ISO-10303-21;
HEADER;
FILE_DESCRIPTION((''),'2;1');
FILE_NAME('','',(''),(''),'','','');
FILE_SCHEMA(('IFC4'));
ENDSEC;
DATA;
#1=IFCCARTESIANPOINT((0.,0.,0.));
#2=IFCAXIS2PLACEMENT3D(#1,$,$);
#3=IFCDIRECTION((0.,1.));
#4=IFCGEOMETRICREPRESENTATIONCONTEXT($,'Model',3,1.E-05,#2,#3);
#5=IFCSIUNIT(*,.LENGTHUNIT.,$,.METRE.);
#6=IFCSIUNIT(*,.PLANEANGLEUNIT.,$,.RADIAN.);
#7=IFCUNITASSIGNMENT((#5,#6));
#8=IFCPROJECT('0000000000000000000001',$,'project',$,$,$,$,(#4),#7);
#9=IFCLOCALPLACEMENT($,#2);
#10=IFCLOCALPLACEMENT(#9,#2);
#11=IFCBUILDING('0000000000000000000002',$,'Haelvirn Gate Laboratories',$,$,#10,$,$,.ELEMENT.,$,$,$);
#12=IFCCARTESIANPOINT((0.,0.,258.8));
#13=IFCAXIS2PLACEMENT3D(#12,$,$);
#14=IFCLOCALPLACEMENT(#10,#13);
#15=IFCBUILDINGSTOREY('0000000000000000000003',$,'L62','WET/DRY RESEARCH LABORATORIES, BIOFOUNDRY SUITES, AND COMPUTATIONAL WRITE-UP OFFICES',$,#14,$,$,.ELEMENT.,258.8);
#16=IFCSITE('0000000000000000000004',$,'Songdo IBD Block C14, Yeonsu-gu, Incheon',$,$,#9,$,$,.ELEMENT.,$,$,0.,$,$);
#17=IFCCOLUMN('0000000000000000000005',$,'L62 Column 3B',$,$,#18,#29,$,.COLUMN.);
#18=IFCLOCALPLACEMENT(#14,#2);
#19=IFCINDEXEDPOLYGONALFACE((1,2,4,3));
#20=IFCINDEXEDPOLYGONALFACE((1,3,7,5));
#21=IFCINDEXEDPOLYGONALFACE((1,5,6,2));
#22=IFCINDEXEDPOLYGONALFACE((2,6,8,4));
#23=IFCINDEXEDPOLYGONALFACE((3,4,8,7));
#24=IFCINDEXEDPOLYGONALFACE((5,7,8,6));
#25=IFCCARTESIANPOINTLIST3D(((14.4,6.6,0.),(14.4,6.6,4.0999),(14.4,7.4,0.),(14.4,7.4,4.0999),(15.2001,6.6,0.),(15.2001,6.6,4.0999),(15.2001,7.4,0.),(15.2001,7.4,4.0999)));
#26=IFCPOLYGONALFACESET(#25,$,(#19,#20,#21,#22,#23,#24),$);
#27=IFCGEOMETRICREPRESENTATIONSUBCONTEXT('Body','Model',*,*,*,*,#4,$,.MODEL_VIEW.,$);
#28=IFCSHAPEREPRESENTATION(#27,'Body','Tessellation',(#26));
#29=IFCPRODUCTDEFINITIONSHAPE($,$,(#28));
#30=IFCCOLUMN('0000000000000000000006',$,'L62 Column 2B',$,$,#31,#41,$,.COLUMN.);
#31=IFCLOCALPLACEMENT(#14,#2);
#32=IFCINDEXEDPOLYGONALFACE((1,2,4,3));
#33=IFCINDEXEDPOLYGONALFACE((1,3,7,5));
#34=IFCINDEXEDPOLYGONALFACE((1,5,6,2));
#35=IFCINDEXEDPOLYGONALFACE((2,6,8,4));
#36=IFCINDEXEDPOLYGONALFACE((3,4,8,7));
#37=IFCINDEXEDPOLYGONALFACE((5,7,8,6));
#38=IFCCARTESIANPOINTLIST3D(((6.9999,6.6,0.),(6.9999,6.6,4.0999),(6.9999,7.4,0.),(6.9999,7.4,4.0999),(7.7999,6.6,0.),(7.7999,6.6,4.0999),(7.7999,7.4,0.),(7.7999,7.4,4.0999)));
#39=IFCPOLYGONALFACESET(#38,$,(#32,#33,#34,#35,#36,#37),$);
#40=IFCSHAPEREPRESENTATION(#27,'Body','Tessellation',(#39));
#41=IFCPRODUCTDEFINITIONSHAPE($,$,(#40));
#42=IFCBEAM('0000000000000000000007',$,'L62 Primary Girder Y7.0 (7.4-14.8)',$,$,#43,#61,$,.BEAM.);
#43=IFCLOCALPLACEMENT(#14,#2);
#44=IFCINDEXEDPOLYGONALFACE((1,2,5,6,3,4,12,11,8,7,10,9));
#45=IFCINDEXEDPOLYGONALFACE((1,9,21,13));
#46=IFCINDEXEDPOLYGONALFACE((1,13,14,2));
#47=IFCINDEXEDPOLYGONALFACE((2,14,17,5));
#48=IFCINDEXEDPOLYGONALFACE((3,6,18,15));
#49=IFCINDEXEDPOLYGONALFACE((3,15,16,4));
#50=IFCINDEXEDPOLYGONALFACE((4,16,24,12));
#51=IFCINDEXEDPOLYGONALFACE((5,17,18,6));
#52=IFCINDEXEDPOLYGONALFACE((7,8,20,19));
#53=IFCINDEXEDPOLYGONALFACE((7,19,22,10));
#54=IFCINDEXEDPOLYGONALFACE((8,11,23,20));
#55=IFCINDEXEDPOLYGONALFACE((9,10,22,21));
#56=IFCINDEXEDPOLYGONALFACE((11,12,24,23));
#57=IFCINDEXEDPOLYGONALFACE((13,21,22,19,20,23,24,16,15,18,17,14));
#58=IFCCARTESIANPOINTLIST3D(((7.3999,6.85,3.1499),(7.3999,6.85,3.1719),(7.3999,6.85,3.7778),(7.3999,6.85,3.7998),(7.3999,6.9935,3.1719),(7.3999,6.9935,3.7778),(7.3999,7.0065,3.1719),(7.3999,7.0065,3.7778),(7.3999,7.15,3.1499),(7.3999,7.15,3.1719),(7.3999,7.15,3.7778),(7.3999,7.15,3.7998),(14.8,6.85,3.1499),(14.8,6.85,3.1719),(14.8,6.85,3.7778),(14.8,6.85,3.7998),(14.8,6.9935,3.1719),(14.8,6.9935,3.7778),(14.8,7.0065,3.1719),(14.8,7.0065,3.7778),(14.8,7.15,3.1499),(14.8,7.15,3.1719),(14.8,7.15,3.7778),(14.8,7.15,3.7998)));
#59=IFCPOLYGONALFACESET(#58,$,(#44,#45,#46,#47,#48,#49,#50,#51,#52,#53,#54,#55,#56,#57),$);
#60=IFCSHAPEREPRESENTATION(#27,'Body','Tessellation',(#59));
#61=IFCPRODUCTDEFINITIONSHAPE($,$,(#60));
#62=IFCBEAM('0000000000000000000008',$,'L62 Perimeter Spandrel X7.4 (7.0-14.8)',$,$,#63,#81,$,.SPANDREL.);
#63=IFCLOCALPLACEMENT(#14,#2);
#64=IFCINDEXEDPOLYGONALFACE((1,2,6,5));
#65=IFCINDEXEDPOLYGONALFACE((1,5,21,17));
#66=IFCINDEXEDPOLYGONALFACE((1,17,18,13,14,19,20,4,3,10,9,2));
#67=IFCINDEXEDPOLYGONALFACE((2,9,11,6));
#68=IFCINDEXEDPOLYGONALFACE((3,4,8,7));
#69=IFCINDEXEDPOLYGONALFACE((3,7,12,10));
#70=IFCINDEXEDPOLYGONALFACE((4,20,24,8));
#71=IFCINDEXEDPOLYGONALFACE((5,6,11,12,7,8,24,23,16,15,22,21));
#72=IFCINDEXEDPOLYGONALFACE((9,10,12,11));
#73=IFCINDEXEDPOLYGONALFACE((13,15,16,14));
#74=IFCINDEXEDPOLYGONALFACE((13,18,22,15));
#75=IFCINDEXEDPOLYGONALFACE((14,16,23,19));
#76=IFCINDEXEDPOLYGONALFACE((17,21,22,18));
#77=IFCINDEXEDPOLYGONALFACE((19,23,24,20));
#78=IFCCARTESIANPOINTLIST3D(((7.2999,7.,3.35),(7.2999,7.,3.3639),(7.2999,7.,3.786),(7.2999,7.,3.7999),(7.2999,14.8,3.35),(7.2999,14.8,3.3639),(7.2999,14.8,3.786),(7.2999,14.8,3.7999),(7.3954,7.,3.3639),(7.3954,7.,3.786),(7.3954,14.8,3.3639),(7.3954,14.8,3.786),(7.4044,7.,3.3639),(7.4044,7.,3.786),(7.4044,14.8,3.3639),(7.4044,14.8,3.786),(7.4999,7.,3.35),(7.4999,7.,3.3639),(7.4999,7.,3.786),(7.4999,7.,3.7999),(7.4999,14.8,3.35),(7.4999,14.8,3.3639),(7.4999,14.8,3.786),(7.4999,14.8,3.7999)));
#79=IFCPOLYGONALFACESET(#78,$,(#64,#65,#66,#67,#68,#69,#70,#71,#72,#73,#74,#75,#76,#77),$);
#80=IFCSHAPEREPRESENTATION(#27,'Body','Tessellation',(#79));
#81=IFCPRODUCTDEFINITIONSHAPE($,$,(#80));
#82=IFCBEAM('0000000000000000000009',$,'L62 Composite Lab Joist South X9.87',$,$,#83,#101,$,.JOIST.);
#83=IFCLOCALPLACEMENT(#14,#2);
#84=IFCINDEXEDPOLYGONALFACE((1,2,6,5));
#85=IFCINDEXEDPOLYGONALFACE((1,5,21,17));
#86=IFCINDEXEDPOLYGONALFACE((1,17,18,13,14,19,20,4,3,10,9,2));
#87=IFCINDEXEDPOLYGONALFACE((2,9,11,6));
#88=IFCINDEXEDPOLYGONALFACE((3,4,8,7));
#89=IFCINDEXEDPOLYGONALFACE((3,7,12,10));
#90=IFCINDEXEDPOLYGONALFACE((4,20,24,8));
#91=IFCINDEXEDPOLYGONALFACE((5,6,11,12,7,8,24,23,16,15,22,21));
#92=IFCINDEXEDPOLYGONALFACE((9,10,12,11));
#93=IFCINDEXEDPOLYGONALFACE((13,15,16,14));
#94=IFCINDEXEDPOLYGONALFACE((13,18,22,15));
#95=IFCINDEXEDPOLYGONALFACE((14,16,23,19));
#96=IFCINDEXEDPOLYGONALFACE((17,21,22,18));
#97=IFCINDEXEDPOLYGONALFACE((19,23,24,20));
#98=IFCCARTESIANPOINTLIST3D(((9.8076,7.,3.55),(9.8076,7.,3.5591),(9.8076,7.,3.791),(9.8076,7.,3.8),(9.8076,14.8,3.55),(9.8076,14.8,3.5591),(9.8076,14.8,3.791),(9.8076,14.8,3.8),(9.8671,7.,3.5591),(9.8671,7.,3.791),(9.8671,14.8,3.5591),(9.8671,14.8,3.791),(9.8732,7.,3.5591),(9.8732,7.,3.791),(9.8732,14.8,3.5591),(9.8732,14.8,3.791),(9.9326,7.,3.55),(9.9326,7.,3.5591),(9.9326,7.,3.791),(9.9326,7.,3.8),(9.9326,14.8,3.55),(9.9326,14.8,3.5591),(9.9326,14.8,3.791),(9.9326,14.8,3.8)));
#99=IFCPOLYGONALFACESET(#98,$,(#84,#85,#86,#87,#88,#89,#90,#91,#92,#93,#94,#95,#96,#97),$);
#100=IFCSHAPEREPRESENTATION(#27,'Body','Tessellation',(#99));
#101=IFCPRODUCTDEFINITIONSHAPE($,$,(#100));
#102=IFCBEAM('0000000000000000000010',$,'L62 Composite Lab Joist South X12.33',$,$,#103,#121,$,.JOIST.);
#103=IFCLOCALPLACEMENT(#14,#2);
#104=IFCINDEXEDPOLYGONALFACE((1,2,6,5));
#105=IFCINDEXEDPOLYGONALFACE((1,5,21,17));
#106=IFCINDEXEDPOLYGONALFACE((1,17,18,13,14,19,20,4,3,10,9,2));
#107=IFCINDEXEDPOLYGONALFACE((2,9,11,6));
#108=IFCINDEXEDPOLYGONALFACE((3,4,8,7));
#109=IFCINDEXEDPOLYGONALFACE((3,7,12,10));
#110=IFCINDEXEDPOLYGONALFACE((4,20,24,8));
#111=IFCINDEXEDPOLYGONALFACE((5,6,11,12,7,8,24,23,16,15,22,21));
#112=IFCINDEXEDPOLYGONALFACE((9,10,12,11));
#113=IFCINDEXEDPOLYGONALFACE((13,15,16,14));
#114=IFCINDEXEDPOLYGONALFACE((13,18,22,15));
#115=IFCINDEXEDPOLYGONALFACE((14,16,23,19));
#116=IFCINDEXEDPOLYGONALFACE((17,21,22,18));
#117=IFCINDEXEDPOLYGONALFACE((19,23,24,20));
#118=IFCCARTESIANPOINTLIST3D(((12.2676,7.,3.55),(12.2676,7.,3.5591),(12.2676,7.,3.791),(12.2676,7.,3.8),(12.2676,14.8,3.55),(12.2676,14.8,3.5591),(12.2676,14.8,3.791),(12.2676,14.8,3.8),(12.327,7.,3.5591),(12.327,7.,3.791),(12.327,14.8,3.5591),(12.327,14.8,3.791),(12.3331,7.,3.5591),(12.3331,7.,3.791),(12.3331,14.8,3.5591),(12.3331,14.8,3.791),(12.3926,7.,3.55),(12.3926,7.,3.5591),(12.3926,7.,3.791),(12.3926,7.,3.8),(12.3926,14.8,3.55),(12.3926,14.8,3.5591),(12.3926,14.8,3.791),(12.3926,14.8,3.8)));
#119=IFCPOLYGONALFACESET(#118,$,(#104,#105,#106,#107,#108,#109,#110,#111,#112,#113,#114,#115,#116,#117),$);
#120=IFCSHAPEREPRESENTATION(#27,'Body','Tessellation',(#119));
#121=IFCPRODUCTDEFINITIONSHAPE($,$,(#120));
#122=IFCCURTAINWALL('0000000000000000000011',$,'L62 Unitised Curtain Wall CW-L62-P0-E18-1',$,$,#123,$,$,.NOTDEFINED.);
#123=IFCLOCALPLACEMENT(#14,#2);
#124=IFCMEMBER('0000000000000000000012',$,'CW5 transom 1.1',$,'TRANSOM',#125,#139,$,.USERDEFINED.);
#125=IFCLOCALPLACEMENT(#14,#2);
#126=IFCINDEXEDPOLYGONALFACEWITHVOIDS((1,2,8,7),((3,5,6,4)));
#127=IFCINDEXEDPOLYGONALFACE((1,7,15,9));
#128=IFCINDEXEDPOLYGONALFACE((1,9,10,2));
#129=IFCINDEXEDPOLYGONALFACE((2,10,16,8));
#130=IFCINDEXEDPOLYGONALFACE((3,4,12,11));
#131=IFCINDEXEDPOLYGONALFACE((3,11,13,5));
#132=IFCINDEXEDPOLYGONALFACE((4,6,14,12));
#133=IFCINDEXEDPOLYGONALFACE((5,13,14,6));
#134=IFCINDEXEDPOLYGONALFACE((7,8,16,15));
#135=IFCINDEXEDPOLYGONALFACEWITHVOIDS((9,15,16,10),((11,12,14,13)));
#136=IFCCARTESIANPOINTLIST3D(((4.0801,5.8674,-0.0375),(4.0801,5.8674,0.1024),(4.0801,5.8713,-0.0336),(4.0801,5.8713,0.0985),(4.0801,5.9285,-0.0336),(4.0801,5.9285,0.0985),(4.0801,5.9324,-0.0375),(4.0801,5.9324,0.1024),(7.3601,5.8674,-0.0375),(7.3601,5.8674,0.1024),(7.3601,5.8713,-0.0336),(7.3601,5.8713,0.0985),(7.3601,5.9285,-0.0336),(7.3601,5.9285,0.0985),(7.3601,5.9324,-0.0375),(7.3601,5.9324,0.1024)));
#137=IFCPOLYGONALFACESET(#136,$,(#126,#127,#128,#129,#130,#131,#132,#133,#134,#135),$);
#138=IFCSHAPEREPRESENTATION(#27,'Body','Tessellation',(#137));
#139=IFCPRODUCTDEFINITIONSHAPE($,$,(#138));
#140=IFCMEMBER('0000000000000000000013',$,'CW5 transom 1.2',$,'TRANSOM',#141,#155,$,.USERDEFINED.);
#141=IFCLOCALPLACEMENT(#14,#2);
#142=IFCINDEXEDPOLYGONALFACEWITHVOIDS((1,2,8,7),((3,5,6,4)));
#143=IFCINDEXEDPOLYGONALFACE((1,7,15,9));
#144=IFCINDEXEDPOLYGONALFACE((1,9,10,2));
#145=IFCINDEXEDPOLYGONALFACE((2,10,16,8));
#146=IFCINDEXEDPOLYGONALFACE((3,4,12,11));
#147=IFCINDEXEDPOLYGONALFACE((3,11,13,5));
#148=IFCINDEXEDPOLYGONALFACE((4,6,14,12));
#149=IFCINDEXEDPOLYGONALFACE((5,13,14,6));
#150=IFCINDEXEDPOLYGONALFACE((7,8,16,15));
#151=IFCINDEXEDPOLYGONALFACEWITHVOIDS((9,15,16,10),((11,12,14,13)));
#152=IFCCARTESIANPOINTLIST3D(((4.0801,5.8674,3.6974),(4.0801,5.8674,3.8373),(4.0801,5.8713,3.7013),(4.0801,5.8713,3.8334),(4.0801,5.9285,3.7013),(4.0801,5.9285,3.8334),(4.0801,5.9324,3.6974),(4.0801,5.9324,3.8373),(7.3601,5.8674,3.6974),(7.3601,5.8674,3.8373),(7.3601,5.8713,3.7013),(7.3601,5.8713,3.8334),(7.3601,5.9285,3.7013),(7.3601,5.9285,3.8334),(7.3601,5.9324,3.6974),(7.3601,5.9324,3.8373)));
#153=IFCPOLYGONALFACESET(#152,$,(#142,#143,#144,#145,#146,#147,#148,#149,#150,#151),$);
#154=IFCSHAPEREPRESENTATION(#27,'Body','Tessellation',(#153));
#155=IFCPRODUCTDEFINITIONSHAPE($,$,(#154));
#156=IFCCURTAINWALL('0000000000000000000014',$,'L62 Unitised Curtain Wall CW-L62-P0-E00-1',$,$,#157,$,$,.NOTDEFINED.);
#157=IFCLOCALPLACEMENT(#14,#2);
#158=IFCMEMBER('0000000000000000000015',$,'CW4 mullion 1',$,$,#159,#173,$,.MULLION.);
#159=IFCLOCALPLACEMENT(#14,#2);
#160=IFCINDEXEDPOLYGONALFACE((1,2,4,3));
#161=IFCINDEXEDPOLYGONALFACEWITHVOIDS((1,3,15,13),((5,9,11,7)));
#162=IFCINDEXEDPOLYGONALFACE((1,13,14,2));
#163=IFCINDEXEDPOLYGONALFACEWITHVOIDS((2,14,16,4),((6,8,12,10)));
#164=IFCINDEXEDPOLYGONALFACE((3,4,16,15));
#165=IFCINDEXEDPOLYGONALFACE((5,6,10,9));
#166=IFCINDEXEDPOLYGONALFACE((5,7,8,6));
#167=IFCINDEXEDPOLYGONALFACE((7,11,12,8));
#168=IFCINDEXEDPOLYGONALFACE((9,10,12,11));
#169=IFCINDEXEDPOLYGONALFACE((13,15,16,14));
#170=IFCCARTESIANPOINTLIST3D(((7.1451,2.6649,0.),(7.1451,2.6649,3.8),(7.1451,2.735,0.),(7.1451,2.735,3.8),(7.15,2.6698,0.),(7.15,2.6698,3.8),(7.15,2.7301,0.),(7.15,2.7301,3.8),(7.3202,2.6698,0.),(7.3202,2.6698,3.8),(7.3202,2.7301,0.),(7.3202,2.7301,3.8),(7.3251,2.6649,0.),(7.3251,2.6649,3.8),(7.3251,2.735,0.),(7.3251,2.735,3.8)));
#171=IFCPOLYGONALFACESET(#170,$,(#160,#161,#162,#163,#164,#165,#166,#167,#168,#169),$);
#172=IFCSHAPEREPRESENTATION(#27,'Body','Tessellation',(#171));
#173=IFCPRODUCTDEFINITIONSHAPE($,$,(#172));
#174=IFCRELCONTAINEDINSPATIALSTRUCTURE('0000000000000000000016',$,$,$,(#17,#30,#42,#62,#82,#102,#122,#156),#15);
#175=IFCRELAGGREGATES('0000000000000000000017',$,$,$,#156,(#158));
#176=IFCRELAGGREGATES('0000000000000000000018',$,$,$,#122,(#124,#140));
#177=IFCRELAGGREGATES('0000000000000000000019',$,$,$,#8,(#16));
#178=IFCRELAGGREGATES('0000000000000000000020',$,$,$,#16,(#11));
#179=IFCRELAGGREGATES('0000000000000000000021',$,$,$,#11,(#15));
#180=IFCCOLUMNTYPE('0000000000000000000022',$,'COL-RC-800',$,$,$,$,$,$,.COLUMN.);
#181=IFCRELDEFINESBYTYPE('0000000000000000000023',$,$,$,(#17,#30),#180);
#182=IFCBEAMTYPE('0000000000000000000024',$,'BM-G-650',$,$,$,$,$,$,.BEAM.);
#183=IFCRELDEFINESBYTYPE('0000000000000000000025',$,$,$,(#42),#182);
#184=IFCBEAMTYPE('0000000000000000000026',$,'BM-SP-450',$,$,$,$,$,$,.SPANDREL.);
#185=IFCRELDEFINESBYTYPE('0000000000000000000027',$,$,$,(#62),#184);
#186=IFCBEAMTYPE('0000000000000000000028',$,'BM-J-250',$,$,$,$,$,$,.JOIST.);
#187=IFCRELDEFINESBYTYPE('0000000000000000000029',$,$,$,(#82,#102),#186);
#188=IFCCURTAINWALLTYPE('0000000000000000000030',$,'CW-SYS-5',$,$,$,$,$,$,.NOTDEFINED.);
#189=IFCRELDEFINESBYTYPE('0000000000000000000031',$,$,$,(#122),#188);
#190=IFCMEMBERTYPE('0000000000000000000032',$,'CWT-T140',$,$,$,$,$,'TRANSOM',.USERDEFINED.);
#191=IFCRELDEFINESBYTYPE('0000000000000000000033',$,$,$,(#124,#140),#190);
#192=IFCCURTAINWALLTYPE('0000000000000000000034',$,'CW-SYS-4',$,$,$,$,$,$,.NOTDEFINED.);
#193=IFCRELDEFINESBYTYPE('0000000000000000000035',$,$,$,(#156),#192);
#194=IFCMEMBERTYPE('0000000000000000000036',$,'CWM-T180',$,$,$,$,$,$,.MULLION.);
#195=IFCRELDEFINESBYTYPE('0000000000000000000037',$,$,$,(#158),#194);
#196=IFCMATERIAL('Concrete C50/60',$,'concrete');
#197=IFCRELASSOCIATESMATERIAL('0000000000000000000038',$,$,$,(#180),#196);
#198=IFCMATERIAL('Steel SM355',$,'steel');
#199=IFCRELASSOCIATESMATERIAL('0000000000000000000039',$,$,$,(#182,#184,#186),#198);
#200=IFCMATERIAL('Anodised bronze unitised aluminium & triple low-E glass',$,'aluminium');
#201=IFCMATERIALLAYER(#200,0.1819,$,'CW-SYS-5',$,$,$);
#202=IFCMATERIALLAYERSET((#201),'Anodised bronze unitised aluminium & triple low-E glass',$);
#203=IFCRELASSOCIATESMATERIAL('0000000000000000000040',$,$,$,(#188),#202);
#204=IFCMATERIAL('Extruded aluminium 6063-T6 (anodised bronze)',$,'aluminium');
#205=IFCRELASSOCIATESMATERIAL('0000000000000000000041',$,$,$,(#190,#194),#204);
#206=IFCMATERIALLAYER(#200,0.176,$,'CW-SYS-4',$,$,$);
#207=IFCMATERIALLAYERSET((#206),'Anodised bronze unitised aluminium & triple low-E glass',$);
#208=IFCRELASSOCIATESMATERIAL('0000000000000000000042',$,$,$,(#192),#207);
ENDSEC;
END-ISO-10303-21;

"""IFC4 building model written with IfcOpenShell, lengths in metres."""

from ifc_helpers import new_model, si_unit, direction, frame, origin, origin_2d, place, context, subcontext, project, spatial, rectangle, hollow_rectangle, i_section, extrude, source, transform, mapped, material, layer, layer_set, material_profile, profile_set, type_object, type_shapes, element, aggregate, save


model = new_model("IFC4")

# Units and contexts
model_context = context("Model", 3, precision=1e-05, world=origin(), true_north=direction((0.0, 1.0)))
body_context = subcontext(model_context, "Body", "Model", "MODEL_VIEW")
ifc_project = project(units=[si_unit("LENGTHUNIT", "METRE"), si_unit("PLANEANGLEUNIT", "RADIAN")], contexts=[model_context])

# Site, building, storey
site_placement = place(None, origin())
site = spatial("IfcSite", under=ifc_project, at=site_placement, Name="Songdo IBD Block C14, Yeonsu-gu, Incheon", CompositionType="ELEMENT", RefElevation=0.0)
building_placement = place(site_placement, origin())
building = spatial("IfcBuilding", under=site, at=building_placement, Name="Haelvirn Gate Laboratories", CompositionType="ELEMENT")
storey_placement = place(building_placement, frame((0.0, 0.0, 258.8)))
storey = spatial("IfcBuildingStorey", under=building, at=storey_placement, Name="L62", Description="WET/DRY RESEARCH LABORATORIES, BIOFOUNDRY SUITES, AND COMPUTATIONAL WRITE-UP OFFICES", CompositionType="ELEMENT", Elevation=258.8)

# Columns
ifc_material_1 = material(Name="Concrete C50/60", Category="concrete")
ifc_material_profile_1 = material_profile(ifc_material_1, rectangle(XDim=0.8, YDim=0.8, at=origin_2d()), Name="RC-800x800")
ifc_profile_set_1 = profile_set([ifc_material_profile_1], Name="Concrete C50/60")
column_type = type_object("IfcColumnType", Name="COL-RC-800", PredefinedType="COLUMN", material=ifc_profile_set_1)
shared_shape_1 = source(origin(), body_context, "Body", "SweptSolid", [
    extrude(rectangle(XDim=0.8, YDim=0.8, at=origin_2d()), origin(), (0.0, 0.0, 1.0), 4.0999),
])
type_shapes(column_type, [shared_shape_1])
for number, where, z_axis, x_axis, name in (
    (1, (14.8, 7.0, 0.0), (0.0, 0.0, 1.0), (1.0, 0.0, 0.0), "L62 Column 3B"),
    (2, (7.3999, 7.0, 0.0), (0.0, 0.0, 1.0), (1.0, 0.0, 0.0), "L62 Column 2B"),
):
    element("IfcColumn", number, at=place(storey_placement, frame(where, z_axis=z_axis, x_axis=x_axis)), inside=storey, type_object=column_type, Name=name, PredefinedType="COLUMN", context=body_context, shape_type="MappedRepresentation", body=[
        mapped(shared_shape_1, transform((0.0, 0.0, 0.0), scale=1.0)),
    ])

# Beams
ifc_material_2 = material(Name="Steel SM355", Category="steel")
ifc_material_profile_2 = material_profile(ifc_material_2, i_section(OverallWidth=0.3, OverallDepth=0.6499, WebThickness=0.0129, FlangeThickness=0.022, at=origin_2d()), Name="H-650x300x13x22")
ifc_profile_set_2 = profile_set([ifc_material_profile_2], Name="Steel SM355")
beam_type_1 = type_object("IfcBeamType", Name="BM-G-650", PredefinedType="BEAM", material=ifc_profile_set_2)
shared_shape_2 = source(origin(), body_context, "Body", "SweptSolid", [
    extrude(i_section(OverallWidth=0.3, OverallDepth=0.6499, WebThickness=0.0129, FlangeThickness=0.022, at=origin_2d()), origin(), (0.0, 0.0, 1.0), 7.4001),
])
type_shapes(beam_type_1, [shared_shape_2])
beam_1_placement = place(storey_placement, frame((7.3999, 7.0, 3.4749), z_axis=(1.0, 0.0, 0.0), x_axis=(0.0, 1.0, 0.0)))
element("IfcBeam", 3, at=beam_1_placement, inside=storey, type_object=beam_type_1, Name="L62 Primary Girder Y7.0 (7.4-14.8)", PredefinedType="BEAM", context=body_context, shape_type="MappedRepresentation", body=[
    mapped(shared_shape_2, transform((0.0, 0.0, 0.0), scale=1.0)),
])
ifc_material_profile_3 = material_profile(ifc_material_2, i_section(OverallWidth=0.2, OverallDepth=0.45, WebThickness=0.009, FlangeThickness=0.0139, at=origin_2d()), Name="H-450x200x9x14")
ifc_profile_set_3 = profile_set([ifc_material_profile_3], Name="Steel SM355")
beam_type_2 = type_object("IfcBeamType", Name="BM-SP-450", PredefinedType="SPANDREL", material=ifc_profile_set_3)
shared_shape_3 = source(origin(), body_context, "Body", "SweptSolid", [
    extrude(i_section(OverallWidth=0.2, OverallDepth=0.45, WebThickness=0.009, FlangeThickness=0.0139, at=origin_2d()), origin(), (0.0, 0.0, 1.0), 7.8),
])
type_shapes(beam_type_2, [shared_shape_3])
beam_2_placement = place(storey_placement, frame((7.3999, 7.0, 3.575), z_axis=(0.0, 1.0, 0.0), x_axis=(-1.0, 0.0, 0.0)))
element("IfcBeam", 4, at=beam_2_placement, inside=storey, type_object=beam_type_2, Name="L62 Perimeter Spandrel X7.4 (7.0-14.8)", PredefinedType="SPANDREL", context=body_context, shape_type="MappedRepresentation", body=[
    mapped(shared_shape_3, transform((0.0, 0.0, 0.0), scale=1.0)),
])
ifc_material_profile_4 = material_profile(ifc_material_2, i_section(OverallWidth=0.125, OverallDepth=0.25, WebThickness=0.0061, FlangeThickness=0.009, at=origin_2d()), Name="H-250x125x6x9")
ifc_profile_set_4 = profile_set([ifc_material_profile_4], Name="Steel SM355")
beam_type_3 = type_object("IfcBeamType", Name="BM-J-250", PredefinedType="JOIST", material=ifc_profile_set_4)
shared_shape_4 = source(origin(), body_context, "Body", "SweptSolid", [
    extrude(i_section(OverallWidth=0.125, OverallDepth=0.25, WebThickness=0.0061, FlangeThickness=0.009, at=origin_2d()), origin(), (0.0, 0.0, 1.0), 7.8),
])
type_shapes(beam_type_3, [shared_shape_4])
for number, where, z_axis, x_axis, name in (
    (5, (9.8701, 7.0, 3.675), (0.0, 1.0, 0.0), (-1.0, 0.0, 0.0), "L62 Composite Lab Joist South X9.87"),
    (6, (12.3301, 7.0, 3.675), (0.0, 1.0, 0.0), (-1.0, 0.0, 0.0), "L62 Composite Lab Joist South X12.33"),
):
    element("IfcBeam", number, at=place(storey_placement, frame(where, z_axis=z_axis, x_axis=x_axis)), inside=storey, type_object=beam_type_3, Name=name, PredefinedType="JOIST", context=body_context, shape_type="MappedRepresentation", body=[
        mapped(shared_shape_4, transform((0.0, 0.0, 0.0), scale=1.0)),
    ])

# Curtain wall, members
ifc_material_3 = material(Name="Anodised bronze unitised aluminium & triple low-E glass", Category="aluminium")
ifc_layer_1 = layer(ifc_material_3, 0.1819, Name="CW-SYS-5")
ifc_layer_set_1 = layer_set([ifc_layer_1], Name="Anodised bronze unitised aluminium & triple low-E glass")
curtain_wall_type_1 = type_object("IfcCurtainWallType", Name="CW-SYS-5", PredefinedType="NOTDEFINED", material=ifc_layer_set_1)
curtain_wall_1_placement = place(storey_placement, origin())
curtain_wall_1 = element("IfcCurtainWall", 7, at=curtain_wall_1_placement, inside=storey, type_object=curtain_wall_type_1, Name="L62 Unitised Curtain Wall CW-L62-P0-E18-1", PredefinedType="NOTDEFINED")
ifc_material_4 = material(Name="Extruded aluminium 6063-T6 (anodised bronze)", Category="aluminium")
ifc_material_profile_5 = material_profile(ifc_material_4, hollow_rectangle(XDim=0.0649, YDim=0.1399, WallThickness=0.0039, at=origin_2d()), Name="CWT-140x65x4")
ifc_profile_set_5 = profile_set([ifc_material_profile_5], Name="Extruded aluminium 6063-T6 (anodised bronze)")
member_type_1 = type_object("IfcMemberType", Name="CWT-T140", ElementType="TRANSOM", PredefinedType="USERDEFINED", material=ifc_profile_set_5)
shared_shape_5 = source(origin(), body_context, "Body", "SweptSolid", [
    extrude(hollow_rectangle(XDim=0.0649, YDim=0.1399, WallThickness=0.0039, at=origin_2d()), origin(), (0.0, 0.0, 1.0), 3.28),
])
member_1_placement = place(storey_placement, frame((4.0801, 5.8999, 0.0325), z_axis=(1.0, 0.0, 0.0), x_axis=(0.0, 1.0, 0.0)))
member_1 = element("IfcMember", 8, at=member_1_placement, type_object=member_type_1, Name="CW5 transom 1.1", ObjectType="TRANSOM", PredefinedType="USERDEFINED", context=body_context, shape_type="MappedRepresentation", body=[
    mapped(shared_shape_5, transform((0.0, 0.0, 0.0), scale=1.0)),
])
member_2_placement = place(storey_placement, frame((4.0801, 5.8999, 3.7673), z_axis=(1.0, 0.0, 0.0), x_axis=(0.0, 1.0, 0.0)))
member_2 = element("IfcMember", 9, at=member_2_placement, type_object=member_type_1, Name="CW5 transom 1.2", ObjectType="TRANSOM", PredefinedType="USERDEFINED", context=body_context, shape_type="MappedRepresentation", body=[
    mapped(shared_shape_5, transform((0.0, 0.0, 0.0), scale=1.0)),
])

# Curtain wall, member
ifc_layer_2 = layer(ifc_material_3, 0.176, Name="CW-SYS-4")
ifc_layer_set_2 = layer_set([ifc_layer_2], Name="Anodised bronze unitised aluminium & triple low-E glass")
curtain_wall_type_2 = type_object("IfcCurtainWallType", Name="CW-SYS-4", PredefinedType="NOTDEFINED", material=ifc_layer_set_2)
curtain_wall_2_placement = place(storey_placement, origin())
curtain_wall_2 = element("IfcCurtainWall", 10, at=curtain_wall_2_placement, inside=storey, type_object=curtain_wall_type_2, Name="L62 Unitised Curtain Wall CW-L62-P0-E00-1", PredefinedType="NOTDEFINED")
ifc_material_profile_6 = material_profile(ifc_material_4, hollow_rectangle(XDim=0.0701, YDim=0.1799, WallThickness=0.0049, at=origin_2d()), Name="CWM-180x70x5")
ifc_profile_set_6 = profile_set([ifc_material_profile_6], Name="Extruded aluminium 6063-T6 (anodised bronze)")
member_type_2 = type_object("IfcMemberType", Name="CWM-T180", PredefinedType="MULLION", material=ifc_profile_set_6)
shared_shape_6 = source(origin(), body_context, "Body", "SweptSolid", [
    extrude(hollow_rectangle(XDim=0.0701, YDim=0.1799, WallThickness=0.0049, at=origin_2d()), origin(), (0.0, 0.0, 1.0), 3.8),
])
type_shapes(member_type_2, [shared_shape_6])
member_3_placement = place(storey_placement, frame((7.2351, 2.7, 0.0), z_axis=(0.0, 0.0, 1.0), x_axis=(0.0, 1.0, 0.0)))
member_3 = element("IfcMember", 11, at=member_3_placement, type_object=member_type_2, Name="CW4 mullion 1", PredefinedType="MULLION", context=body_context, shape_type="MappedRepresentation", body=[
    mapped(shared_shape_6, transform((0.0, 0.0, 0.0), scale=1.0)),
])

aggregate(curtain_wall_2, [member_3])
aggregate(curtain_wall_1, [member_1, member_2])

save(model, "model.ifc")
